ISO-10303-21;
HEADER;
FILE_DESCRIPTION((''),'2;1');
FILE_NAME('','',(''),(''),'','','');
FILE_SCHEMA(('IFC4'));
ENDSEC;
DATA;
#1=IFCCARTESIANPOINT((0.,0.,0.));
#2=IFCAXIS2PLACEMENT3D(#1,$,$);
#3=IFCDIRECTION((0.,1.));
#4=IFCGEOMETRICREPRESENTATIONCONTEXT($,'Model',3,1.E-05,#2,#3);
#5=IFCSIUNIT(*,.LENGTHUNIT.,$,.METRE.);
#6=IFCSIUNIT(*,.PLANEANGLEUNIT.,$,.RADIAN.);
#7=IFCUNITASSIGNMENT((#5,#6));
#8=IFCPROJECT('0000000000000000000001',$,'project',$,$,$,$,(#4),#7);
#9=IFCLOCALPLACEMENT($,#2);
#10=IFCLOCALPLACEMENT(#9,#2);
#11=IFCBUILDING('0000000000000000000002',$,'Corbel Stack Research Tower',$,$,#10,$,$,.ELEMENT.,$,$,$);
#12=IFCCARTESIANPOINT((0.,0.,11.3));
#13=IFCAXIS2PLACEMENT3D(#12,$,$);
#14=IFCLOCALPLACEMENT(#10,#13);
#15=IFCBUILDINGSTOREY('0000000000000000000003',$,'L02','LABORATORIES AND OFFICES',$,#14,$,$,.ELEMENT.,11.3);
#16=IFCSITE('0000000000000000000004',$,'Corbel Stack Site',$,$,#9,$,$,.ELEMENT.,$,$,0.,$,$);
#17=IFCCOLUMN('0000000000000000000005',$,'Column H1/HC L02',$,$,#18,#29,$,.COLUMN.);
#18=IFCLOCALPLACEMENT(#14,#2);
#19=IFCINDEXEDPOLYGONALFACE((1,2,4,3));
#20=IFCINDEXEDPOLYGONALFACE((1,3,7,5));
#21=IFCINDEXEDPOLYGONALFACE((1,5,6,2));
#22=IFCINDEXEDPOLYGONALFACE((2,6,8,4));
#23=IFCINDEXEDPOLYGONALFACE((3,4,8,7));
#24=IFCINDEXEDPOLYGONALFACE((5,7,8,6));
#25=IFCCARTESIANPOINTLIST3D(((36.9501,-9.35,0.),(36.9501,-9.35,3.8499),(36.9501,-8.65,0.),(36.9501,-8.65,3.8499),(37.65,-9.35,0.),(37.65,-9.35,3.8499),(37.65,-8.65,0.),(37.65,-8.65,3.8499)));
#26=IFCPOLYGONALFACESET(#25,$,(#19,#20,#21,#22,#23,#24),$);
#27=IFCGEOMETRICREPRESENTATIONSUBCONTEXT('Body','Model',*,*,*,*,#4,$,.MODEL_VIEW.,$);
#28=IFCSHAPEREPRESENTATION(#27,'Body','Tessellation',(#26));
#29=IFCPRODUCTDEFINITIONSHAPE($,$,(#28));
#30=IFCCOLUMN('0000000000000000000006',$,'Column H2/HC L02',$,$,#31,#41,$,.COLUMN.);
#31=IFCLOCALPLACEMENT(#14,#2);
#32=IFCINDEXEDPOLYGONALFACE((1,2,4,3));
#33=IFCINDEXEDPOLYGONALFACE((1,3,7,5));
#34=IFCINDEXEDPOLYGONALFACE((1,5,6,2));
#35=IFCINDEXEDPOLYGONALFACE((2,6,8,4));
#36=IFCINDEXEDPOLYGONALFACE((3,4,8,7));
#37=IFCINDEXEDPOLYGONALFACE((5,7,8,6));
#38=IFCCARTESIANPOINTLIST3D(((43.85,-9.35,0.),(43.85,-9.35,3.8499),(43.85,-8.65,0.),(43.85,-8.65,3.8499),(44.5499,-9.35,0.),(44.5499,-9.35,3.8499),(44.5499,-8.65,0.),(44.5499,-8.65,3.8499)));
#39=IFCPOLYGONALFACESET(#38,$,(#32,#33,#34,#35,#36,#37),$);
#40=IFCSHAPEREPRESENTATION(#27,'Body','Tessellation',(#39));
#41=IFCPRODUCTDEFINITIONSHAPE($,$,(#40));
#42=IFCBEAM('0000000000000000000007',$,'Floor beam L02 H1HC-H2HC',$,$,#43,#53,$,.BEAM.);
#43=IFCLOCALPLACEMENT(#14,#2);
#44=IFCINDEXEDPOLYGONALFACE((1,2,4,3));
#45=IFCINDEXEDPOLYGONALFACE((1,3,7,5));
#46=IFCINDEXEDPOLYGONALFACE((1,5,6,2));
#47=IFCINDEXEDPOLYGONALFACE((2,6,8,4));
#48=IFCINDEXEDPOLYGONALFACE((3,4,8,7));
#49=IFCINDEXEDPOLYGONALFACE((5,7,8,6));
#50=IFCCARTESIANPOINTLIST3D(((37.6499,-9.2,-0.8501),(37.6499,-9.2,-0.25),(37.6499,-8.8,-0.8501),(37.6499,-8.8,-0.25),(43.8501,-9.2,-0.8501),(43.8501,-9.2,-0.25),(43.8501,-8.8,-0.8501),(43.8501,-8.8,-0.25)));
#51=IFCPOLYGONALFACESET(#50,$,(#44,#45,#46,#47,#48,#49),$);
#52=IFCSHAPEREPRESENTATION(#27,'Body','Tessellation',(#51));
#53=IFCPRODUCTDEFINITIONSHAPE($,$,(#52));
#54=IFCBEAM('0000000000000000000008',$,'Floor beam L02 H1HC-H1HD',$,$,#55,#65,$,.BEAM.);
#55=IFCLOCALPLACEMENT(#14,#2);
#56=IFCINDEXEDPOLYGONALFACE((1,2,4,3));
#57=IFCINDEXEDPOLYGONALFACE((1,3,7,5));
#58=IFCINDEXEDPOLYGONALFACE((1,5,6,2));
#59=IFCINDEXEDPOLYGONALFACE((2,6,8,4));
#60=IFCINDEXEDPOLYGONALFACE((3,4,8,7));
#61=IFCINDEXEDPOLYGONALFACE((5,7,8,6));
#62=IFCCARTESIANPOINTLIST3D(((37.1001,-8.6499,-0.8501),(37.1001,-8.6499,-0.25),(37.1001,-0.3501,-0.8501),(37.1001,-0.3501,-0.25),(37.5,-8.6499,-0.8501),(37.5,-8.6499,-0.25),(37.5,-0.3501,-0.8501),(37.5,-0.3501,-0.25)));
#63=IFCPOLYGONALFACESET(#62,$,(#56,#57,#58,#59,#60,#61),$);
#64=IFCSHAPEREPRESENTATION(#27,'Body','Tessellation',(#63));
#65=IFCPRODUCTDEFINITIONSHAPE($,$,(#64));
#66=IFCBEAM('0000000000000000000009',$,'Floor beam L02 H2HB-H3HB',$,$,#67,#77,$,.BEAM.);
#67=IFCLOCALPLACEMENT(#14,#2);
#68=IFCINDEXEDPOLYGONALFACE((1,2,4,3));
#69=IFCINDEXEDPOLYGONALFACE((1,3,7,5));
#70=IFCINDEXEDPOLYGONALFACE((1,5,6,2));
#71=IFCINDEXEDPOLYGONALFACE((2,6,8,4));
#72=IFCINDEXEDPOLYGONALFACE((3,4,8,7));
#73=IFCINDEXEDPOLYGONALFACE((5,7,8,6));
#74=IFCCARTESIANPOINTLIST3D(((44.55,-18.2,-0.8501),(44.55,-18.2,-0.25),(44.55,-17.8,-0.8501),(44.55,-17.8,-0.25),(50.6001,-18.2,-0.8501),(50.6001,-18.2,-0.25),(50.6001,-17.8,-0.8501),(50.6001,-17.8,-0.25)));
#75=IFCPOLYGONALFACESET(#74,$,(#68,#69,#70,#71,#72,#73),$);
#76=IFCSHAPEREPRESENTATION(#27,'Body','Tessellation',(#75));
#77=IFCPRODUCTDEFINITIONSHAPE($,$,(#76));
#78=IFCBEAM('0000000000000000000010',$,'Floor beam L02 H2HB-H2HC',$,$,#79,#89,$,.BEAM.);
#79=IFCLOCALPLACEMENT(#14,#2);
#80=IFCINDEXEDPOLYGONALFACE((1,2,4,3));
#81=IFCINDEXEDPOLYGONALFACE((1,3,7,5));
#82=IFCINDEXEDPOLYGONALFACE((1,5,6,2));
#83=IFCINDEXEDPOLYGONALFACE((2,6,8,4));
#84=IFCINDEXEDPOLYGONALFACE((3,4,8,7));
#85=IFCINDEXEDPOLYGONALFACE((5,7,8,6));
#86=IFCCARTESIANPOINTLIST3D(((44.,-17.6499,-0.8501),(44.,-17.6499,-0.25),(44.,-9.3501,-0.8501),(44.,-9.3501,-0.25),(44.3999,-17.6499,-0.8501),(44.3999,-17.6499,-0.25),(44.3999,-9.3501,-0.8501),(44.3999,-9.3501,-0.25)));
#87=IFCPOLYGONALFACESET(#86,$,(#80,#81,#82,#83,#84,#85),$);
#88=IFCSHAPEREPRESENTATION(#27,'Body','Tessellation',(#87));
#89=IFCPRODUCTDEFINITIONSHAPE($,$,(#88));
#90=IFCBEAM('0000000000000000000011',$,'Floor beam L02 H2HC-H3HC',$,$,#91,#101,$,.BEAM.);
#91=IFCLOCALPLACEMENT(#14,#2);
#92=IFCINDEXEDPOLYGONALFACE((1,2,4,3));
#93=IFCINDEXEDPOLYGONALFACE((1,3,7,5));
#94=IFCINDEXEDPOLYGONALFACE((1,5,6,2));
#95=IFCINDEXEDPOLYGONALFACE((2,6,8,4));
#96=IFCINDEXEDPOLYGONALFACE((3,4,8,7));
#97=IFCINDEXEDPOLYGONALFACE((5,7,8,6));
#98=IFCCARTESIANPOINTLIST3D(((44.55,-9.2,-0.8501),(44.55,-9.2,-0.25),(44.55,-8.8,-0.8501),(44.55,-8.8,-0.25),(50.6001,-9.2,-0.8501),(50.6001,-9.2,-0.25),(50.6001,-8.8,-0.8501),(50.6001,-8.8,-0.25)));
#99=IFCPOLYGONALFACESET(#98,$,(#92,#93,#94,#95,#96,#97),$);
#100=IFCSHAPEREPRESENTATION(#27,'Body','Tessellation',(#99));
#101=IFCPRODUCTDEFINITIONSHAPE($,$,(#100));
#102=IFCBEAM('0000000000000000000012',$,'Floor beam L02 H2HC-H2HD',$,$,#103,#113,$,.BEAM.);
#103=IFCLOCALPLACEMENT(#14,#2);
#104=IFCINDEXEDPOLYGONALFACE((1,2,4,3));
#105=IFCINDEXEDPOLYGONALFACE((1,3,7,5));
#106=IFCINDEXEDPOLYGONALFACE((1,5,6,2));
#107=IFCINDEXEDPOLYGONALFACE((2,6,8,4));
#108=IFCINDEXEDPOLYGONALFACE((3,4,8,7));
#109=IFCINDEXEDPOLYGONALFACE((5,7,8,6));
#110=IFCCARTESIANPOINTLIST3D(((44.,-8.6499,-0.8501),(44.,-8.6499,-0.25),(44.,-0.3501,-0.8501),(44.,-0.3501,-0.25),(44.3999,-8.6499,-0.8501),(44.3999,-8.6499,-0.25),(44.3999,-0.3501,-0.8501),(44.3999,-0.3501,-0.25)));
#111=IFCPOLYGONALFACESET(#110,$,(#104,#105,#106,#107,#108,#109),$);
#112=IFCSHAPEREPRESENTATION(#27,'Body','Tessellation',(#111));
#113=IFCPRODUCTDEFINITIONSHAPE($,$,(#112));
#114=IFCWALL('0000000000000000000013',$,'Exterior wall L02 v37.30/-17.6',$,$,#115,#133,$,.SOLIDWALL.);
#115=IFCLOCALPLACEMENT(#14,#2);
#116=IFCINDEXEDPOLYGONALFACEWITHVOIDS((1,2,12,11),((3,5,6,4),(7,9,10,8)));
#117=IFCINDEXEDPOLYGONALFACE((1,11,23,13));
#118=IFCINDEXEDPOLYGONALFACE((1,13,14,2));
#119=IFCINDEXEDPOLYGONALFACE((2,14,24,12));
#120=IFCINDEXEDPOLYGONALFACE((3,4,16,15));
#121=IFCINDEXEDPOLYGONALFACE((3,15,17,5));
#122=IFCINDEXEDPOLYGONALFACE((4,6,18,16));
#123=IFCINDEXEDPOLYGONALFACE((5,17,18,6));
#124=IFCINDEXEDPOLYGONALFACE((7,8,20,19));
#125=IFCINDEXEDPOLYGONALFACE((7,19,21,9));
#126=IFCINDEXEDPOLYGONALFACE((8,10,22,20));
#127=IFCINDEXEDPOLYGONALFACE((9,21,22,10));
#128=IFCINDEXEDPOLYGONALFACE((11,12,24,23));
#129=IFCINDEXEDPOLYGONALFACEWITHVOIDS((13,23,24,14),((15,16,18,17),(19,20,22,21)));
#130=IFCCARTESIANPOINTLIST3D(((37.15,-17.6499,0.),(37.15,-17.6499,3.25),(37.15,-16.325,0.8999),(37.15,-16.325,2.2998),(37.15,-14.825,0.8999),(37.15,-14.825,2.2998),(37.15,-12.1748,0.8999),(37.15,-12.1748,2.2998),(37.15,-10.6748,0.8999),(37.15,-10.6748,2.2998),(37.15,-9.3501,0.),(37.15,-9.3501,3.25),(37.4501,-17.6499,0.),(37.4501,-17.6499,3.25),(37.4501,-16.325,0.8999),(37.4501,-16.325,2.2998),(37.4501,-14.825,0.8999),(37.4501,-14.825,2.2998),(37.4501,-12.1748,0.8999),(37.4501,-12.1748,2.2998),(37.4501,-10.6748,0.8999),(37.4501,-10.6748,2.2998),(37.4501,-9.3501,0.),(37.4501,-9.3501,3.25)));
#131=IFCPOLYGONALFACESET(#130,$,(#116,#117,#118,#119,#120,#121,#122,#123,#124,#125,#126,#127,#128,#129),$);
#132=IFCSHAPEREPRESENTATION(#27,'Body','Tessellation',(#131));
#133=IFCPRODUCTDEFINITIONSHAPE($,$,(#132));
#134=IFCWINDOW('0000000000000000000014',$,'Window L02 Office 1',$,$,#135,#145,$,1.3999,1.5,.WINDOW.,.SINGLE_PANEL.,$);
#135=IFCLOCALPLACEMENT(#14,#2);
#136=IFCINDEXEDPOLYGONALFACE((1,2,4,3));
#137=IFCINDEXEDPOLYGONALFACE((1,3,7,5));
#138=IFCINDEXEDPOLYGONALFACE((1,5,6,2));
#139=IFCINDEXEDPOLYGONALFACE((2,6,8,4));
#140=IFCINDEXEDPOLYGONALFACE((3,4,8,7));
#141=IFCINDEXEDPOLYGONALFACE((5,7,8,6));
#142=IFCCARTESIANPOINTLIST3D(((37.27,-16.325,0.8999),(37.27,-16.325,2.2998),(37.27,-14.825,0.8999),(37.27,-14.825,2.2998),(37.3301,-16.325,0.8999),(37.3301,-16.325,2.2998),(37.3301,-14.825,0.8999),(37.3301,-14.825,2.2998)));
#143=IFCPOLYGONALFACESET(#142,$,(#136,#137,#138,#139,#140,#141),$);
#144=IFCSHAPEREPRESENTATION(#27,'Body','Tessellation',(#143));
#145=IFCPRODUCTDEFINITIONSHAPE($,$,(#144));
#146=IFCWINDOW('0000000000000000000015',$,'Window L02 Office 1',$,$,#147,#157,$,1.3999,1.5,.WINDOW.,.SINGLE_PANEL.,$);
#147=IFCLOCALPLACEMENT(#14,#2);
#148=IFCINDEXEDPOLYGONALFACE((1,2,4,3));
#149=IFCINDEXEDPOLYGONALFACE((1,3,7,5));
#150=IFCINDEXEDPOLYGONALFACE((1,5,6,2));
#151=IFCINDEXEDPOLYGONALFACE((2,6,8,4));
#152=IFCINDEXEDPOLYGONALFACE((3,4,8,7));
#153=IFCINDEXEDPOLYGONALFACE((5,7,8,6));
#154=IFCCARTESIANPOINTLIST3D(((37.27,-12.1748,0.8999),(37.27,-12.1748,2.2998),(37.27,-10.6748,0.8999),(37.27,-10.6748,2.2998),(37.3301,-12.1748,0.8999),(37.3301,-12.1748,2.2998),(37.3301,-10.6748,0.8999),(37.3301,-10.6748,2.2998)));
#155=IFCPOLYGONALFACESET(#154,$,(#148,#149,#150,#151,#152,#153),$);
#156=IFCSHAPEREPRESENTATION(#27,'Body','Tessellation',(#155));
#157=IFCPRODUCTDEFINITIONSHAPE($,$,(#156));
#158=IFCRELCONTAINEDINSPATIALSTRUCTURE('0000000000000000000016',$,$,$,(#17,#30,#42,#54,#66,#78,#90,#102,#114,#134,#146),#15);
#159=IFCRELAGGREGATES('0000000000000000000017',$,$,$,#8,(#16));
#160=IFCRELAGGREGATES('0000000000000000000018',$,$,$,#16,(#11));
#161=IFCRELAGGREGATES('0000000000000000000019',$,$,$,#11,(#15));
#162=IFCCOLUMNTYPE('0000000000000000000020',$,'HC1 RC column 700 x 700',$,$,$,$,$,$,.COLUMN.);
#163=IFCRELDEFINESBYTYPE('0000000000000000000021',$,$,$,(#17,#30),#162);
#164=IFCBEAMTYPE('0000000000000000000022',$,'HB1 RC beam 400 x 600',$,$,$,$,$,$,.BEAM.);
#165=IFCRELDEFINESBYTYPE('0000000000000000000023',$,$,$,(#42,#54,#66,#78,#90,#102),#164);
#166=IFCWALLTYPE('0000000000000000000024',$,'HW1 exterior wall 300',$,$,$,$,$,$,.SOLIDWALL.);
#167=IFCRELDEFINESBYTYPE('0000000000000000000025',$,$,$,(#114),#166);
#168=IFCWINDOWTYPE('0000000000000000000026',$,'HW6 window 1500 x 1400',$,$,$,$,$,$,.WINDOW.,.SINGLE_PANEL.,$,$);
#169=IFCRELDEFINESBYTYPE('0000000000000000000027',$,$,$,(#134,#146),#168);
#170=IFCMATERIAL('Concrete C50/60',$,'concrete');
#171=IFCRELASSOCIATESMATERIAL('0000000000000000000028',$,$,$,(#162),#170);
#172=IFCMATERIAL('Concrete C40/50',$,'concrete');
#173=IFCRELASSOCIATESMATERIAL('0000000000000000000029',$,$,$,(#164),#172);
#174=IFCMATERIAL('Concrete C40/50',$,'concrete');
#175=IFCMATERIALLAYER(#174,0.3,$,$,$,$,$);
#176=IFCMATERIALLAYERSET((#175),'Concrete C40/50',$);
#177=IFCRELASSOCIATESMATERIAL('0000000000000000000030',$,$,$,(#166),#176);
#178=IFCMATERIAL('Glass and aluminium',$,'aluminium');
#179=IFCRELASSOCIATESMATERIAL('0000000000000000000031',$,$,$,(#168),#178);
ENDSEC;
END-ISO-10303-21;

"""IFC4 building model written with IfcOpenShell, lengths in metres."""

from ifc_helpers import new_model, si_unit, direction, frame, frame_2d, origin, origin_2d, place, context, subcontext, project, spatial, rectangle, extrude, material, layer, layer_set, material_profile, profile_set, type_object, element, fill, save


model = new_model("IFC4")

# Units and contexts
model_context = context("Model", 3, precision=1e-05, world=origin(), true_north=direction((0.0, 1.0)))
body_context = subcontext(model_context, "Body", "Model", "MODEL_VIEW")
ifc_project = project(units=[si_unit("LENGTHUNIT", "METRE"), si_unit("PLANEANGLEUNIT", "RADIAN")], contexts=[model_context])

# Site, building, storey
site_placement = place(None, origin())
site = spatial("IfcSite", under=ifc_project, at=site_placement, Name="Corbel Stack Site", CompositionType="ELEMENT", RefElevation=0.0)
building_placement = place(site_placement, origin())
building = spatial("IfcBuilding", under=site, at=building_placement, Name="Corbel Stack Research Tower", CompositionType="ELEMENT")
storey_placement = place(building_placement, frame((0.0, 0.0, 11.3)))
storey = spatial("IfcBuildingStorey", under=building, at=storey_placement, Name="L02", Description="LABORATORIES AND OFFICES", CompositionType="ELEMENT", Elevation=11.3)

# Columns
ifc_material_1 = material(Name="Concrete C50/60", Category="concrete")
ifc_material_profile_1 = material_profile(ifc_material_1, rectangle(XDim=0.7, YDim=0.7, at=origin_2d()), Name="RC 700 x 700")
ifc_profile_set_1 = profile_set([ifc_material_profile_1], Name="Concrete C50/60")
column_type = type_object("IfcColumnType", Name="HC1 RC column 700 x 700", PredefinedType="COLUMN", material=ifc_profile_set_1)
for number, where, z_axis, x_axis, name in (
    (1, (37.3, -9.0, 0.0), (0.0, 0.0, 1.0), (1.0, 0.0, 0.0), "Column H1/HC L02"),
    (2, (44.2, -9.0, 0.0), (0.0, 0.0, 1.0), (1.0, 0.0, 0.0), "Column H2/HC L02"),
):
    element("IfcColumn", number, at=place(storey_placement, frame(where, z_axis=z_axis, x_axis=x_axis)), inside=storey, type_object=column_type, Name=name, PredefinedType="COLUMN", context=body_context, shape_type="SweptSolid", body=[
        extrude(rectangle(XDim=0.7, YDim=0.7, at=origin_2d()), origin(), (0.0, 0.0, 1.0), 3.8499),
    ])

# Beams
ifc_material_2 = material(Name="Concrete C40/50", Category="concrete")
ifc_material_profile_2 = material_profile(ifc_material_2, rectangle(XDim=0.3999, YDim=0.6001, at=origin_2d()), Name="RC 400 x 600")
ifc_profile_set_2 = profile_set([ifc_material_profile_2], Name="Concrete C40/50")
beam_type = type_object("IfcBeamType", Name="HB1 RC beam 400 x 600", PredefinedType="BEAM", material=ifc_profile_set_2)
beam_1_placement = place(storey_placement, frame((37.6499, -9.0, -0.55), z_axis=(1.0, 0.0, 0.0), x_axis=(0.0, 1.0, 0.0)))
element("IfcBeam", 3, at=beam_1_placement, inside=storey, type_object=beam_type, Name="Floor beam L02 H1HC-H2HC", PredefinedType="BEAM", context=body_context, shape_type="SweptSolid", body=[
    extrude(rectangle(XDim=0.3999, YDim=0.6001, at=origin_2d()), origin(), (0.0, 0.0, 1.0), 6.2002),
])
beam_2_placement = place(storey_placement, frame((37.3, -8.6499, -0.55), z_axis=(0.0, 1.0, 0.0), x_axis=(-1.0, 0.0, 0.0)))
element("IfcBeam", 4, at=beam_2_placement, inside=storey, type_object=beam_type, Name="Floor beam L02 H1HC-H1HD", PredefinedType="BEAM", context=body_context, shape_type="SweptSolid", body=[
    extrude(rectangle(XDim=0.3999, YDim=0.6001, at=origin_2d()), origin(), (0.0, 0.0, 1.0), 8.2998),
])
beam_3_placement = place(storey_placement, frame((44.55, -18.0, -0.55), z_axis=(1.0, 0.0, 0.0), x_axis=(0.0, 1.0, 0.0)))
element("IfcBeam", 5, at=beam_3_placement, inside=storey, type_object=beam_type, Name="Floor beam L02 H2HB-H3HB", PredefinedType="BEAM", context=body_context, shape_type="SweptSolid", body=[
    extrude(rectangle(XDim=0.3999, YDim=0.6001, at=origin_2d()), origin(), (0.0, 0.0, 1.0), 6.05),
])
beam_4_placement = place(storey_placement, frame((44.2, -17.6499, -0.55), z_axis=(0.0, 1.0, 0.0), x_axis=(-1.0, 0.0, 0.0)))
element("IfcBeam", 6, at=beam_4_placement, inside=storey, type_object=beam_type, Name="Floor beam L02 H2HB-H2HC", PredefinedType="BEAM", context=body_context, shape_type="SweptSolid", body=[
    extrude(rectangle(XDim=0.3999, YDim=0.6001, at=origin_2d()), origin(), (0.0, 0.0, 1.0), 8.2998),
])
beam_5_placement = place(storey_placement, frame((44.55, -9.0, -0.55), z_axis=(1.0, 0.0, 0.0), x_axis=(0.0, 1.0, 0.0)))
element("IfcBeam", 7, at=beam_5_placement, inside=storey, type_object=beam_type, Name="Floor beam L02 H2HC-H3HC", PredefinedType="BEAM", context=body_context, shape_type="SweptSolid", body=[
    extrude(rectangle(XDim=0.3999, YDim=0.6001, at=origin_2d()), origin(), (0.0, 0.0, 1.0), 6.05),
])
beam_6_placement = place(storey_placement, frame((44.2, -8.6499, -0.55), z_axis=(0.0, 1.0, 0.0), x_axis=(-1.0, 0.0, 0.0)))
element("IfcBeam", 8, at=beam_6_placement, inside=storey, type_object=beam_type, Name="Floor beam L02 H2HC-H2HD", PredefinedType="BEAM", context=body_context, shape_type="SweptSolid", body=[
    extrude(rectangle(XDim=0.3999, YDim=0.6001, at=origin_2d()), origin(), (0.0, 0.0, 1.0), 8.2998),
])

# Wall, openings, windows
ifc_material_3 = material(Name="Concrete C40/50", Category="concrete")
ifc_layer_1 = layer(ifc_material_3, 0.3)
ifc_layer_set_1 = layer_set([ifc_layer_1], Name="Concrete C40/50")
wall_type_1 = type_object("IfcWallType", Name="HW1 exterior wall 300", PredefinedType="SOLIDWALL", material=ifc_layer_set_1)
wall_1_placement = place(storey_placement, frame((37.3, -17.6499, 0.0), z_axis=(0.0, 0.0, 1.0), x_axis=(0.0, 1.0, 0.0)))
wall_1 = element("IfcWall", 9, at=wall_1_placement, inside=storey, type_object=wall_type_1, Name="Exterior wall L02 v37.30/-17.6", PredefinedType="SOLIDWALL", context=body_context, shape_type="SweptSolid", body=[
    extrude(rectangle(XDim=8.2998, YDim=0.3, at=frame_2d((4.1499, 0.0))), origin(), (0.0, 0.0, 1.0), 3.25),
])
opening_1_placement = place(wall_1_placement, frame((1.325, 0.0, 0.8999)))
opening_1 = element("IfcOpeningElement", 10, at=opening_1_placement, cuts=wall_1, PredefinedType="OPENING", context=body_context, shape_type="SweptSolid", body=[
    extrude(rectangle(XDim=1.5, YDim=1.3999, at=frame_2d((0.75, 0.7))), frame((0.0, 0.1599, 0.0), z_axis=(0.0, -1.0, 0.0), x_axis=(1.0, 0.0, 0.0)), (0.0, 0.0, 1.0), 0.3201),
])
opening_2_placement = place(wall_1_placement, frame((5.4751, 0.0, 0.8999)))
opening_2 = element("IfcOpeningElement", 11, at=opening_2_placement, cuts=wall_1, PredefinedType="OPENING", context=body_context, shape_type="SweptSolid", body=[
    extrude(rectangle(XDim=1.5, YDim=1.3999, at=frame_2d((0.75, 0.7))), frame((0.0, 0.1599, 0.0), z_axis=(0.0, -1.0, 0.0), x_axis=(1.0, 0.0, 0.0)), (0.0, 0.0, 1.0), 0.3201),
])
ifc_material_4 = material(Name="Glass and aluminium", Category="aluminium")
window_type = type_object("IfcWindowType", Name="HW6 window 1500 x 1400", PartitioningType="SINGLE_PANEL", PredefinedType="WINDOW", material=ifc_material_4)
window_1_placement = place(opening_1_placement, origin())
window_1 = element("IfcWindow", 12, at=window_1_placement, inside=storey, type_object=window_type, Name="Window L02 Office 1", OverallHeight=1.3999, OverallWidth=1.5, PartitioningType="SINGLE_PANEL", PredefinedType="WINDOW", context=body_context, shape_type="SweptSolid", body=[
    extrude(rectangle(XDim=1.5, YDim=1.3999, at=frame_2d((0.75, 0.7))), frame((0.0, 0.03, 0.0), z_axis=(0.0, -1.0, 0.0), x_axis=(1.0, 0.0, 0.0)), (0.0, 0.0, 1.0), 0.0601),
])
fill(opening_1, window_1)
window_2_placement = place(opening_2_placement, origin())
window_2 = element("IfcWindow", 13, at=window_2_placement, inside=storey, type_object=window_type, Name="Window L02 Office 1", OverallHeight=1.3999, OverallWidth=1.5, PartitioningType="SINGLE_PANEL", PredefinedType="WINDOW", context=body_context, shape_type="SweptSolid", body=[
    extrude(rectangle(XDim=1.5, YDim=1.3999, at=frame_2d((0.75, 0.7))), frame((0.0, 0.03, 0.0), z_axis=(0.0, -1.0, 0.0), x_axis=(1.0, 0.0, 0.0)), (0.0, 0.0, 1.0), 0.0601),
])
fill(opening_2, window_2)

save(model, "model.ifc")
